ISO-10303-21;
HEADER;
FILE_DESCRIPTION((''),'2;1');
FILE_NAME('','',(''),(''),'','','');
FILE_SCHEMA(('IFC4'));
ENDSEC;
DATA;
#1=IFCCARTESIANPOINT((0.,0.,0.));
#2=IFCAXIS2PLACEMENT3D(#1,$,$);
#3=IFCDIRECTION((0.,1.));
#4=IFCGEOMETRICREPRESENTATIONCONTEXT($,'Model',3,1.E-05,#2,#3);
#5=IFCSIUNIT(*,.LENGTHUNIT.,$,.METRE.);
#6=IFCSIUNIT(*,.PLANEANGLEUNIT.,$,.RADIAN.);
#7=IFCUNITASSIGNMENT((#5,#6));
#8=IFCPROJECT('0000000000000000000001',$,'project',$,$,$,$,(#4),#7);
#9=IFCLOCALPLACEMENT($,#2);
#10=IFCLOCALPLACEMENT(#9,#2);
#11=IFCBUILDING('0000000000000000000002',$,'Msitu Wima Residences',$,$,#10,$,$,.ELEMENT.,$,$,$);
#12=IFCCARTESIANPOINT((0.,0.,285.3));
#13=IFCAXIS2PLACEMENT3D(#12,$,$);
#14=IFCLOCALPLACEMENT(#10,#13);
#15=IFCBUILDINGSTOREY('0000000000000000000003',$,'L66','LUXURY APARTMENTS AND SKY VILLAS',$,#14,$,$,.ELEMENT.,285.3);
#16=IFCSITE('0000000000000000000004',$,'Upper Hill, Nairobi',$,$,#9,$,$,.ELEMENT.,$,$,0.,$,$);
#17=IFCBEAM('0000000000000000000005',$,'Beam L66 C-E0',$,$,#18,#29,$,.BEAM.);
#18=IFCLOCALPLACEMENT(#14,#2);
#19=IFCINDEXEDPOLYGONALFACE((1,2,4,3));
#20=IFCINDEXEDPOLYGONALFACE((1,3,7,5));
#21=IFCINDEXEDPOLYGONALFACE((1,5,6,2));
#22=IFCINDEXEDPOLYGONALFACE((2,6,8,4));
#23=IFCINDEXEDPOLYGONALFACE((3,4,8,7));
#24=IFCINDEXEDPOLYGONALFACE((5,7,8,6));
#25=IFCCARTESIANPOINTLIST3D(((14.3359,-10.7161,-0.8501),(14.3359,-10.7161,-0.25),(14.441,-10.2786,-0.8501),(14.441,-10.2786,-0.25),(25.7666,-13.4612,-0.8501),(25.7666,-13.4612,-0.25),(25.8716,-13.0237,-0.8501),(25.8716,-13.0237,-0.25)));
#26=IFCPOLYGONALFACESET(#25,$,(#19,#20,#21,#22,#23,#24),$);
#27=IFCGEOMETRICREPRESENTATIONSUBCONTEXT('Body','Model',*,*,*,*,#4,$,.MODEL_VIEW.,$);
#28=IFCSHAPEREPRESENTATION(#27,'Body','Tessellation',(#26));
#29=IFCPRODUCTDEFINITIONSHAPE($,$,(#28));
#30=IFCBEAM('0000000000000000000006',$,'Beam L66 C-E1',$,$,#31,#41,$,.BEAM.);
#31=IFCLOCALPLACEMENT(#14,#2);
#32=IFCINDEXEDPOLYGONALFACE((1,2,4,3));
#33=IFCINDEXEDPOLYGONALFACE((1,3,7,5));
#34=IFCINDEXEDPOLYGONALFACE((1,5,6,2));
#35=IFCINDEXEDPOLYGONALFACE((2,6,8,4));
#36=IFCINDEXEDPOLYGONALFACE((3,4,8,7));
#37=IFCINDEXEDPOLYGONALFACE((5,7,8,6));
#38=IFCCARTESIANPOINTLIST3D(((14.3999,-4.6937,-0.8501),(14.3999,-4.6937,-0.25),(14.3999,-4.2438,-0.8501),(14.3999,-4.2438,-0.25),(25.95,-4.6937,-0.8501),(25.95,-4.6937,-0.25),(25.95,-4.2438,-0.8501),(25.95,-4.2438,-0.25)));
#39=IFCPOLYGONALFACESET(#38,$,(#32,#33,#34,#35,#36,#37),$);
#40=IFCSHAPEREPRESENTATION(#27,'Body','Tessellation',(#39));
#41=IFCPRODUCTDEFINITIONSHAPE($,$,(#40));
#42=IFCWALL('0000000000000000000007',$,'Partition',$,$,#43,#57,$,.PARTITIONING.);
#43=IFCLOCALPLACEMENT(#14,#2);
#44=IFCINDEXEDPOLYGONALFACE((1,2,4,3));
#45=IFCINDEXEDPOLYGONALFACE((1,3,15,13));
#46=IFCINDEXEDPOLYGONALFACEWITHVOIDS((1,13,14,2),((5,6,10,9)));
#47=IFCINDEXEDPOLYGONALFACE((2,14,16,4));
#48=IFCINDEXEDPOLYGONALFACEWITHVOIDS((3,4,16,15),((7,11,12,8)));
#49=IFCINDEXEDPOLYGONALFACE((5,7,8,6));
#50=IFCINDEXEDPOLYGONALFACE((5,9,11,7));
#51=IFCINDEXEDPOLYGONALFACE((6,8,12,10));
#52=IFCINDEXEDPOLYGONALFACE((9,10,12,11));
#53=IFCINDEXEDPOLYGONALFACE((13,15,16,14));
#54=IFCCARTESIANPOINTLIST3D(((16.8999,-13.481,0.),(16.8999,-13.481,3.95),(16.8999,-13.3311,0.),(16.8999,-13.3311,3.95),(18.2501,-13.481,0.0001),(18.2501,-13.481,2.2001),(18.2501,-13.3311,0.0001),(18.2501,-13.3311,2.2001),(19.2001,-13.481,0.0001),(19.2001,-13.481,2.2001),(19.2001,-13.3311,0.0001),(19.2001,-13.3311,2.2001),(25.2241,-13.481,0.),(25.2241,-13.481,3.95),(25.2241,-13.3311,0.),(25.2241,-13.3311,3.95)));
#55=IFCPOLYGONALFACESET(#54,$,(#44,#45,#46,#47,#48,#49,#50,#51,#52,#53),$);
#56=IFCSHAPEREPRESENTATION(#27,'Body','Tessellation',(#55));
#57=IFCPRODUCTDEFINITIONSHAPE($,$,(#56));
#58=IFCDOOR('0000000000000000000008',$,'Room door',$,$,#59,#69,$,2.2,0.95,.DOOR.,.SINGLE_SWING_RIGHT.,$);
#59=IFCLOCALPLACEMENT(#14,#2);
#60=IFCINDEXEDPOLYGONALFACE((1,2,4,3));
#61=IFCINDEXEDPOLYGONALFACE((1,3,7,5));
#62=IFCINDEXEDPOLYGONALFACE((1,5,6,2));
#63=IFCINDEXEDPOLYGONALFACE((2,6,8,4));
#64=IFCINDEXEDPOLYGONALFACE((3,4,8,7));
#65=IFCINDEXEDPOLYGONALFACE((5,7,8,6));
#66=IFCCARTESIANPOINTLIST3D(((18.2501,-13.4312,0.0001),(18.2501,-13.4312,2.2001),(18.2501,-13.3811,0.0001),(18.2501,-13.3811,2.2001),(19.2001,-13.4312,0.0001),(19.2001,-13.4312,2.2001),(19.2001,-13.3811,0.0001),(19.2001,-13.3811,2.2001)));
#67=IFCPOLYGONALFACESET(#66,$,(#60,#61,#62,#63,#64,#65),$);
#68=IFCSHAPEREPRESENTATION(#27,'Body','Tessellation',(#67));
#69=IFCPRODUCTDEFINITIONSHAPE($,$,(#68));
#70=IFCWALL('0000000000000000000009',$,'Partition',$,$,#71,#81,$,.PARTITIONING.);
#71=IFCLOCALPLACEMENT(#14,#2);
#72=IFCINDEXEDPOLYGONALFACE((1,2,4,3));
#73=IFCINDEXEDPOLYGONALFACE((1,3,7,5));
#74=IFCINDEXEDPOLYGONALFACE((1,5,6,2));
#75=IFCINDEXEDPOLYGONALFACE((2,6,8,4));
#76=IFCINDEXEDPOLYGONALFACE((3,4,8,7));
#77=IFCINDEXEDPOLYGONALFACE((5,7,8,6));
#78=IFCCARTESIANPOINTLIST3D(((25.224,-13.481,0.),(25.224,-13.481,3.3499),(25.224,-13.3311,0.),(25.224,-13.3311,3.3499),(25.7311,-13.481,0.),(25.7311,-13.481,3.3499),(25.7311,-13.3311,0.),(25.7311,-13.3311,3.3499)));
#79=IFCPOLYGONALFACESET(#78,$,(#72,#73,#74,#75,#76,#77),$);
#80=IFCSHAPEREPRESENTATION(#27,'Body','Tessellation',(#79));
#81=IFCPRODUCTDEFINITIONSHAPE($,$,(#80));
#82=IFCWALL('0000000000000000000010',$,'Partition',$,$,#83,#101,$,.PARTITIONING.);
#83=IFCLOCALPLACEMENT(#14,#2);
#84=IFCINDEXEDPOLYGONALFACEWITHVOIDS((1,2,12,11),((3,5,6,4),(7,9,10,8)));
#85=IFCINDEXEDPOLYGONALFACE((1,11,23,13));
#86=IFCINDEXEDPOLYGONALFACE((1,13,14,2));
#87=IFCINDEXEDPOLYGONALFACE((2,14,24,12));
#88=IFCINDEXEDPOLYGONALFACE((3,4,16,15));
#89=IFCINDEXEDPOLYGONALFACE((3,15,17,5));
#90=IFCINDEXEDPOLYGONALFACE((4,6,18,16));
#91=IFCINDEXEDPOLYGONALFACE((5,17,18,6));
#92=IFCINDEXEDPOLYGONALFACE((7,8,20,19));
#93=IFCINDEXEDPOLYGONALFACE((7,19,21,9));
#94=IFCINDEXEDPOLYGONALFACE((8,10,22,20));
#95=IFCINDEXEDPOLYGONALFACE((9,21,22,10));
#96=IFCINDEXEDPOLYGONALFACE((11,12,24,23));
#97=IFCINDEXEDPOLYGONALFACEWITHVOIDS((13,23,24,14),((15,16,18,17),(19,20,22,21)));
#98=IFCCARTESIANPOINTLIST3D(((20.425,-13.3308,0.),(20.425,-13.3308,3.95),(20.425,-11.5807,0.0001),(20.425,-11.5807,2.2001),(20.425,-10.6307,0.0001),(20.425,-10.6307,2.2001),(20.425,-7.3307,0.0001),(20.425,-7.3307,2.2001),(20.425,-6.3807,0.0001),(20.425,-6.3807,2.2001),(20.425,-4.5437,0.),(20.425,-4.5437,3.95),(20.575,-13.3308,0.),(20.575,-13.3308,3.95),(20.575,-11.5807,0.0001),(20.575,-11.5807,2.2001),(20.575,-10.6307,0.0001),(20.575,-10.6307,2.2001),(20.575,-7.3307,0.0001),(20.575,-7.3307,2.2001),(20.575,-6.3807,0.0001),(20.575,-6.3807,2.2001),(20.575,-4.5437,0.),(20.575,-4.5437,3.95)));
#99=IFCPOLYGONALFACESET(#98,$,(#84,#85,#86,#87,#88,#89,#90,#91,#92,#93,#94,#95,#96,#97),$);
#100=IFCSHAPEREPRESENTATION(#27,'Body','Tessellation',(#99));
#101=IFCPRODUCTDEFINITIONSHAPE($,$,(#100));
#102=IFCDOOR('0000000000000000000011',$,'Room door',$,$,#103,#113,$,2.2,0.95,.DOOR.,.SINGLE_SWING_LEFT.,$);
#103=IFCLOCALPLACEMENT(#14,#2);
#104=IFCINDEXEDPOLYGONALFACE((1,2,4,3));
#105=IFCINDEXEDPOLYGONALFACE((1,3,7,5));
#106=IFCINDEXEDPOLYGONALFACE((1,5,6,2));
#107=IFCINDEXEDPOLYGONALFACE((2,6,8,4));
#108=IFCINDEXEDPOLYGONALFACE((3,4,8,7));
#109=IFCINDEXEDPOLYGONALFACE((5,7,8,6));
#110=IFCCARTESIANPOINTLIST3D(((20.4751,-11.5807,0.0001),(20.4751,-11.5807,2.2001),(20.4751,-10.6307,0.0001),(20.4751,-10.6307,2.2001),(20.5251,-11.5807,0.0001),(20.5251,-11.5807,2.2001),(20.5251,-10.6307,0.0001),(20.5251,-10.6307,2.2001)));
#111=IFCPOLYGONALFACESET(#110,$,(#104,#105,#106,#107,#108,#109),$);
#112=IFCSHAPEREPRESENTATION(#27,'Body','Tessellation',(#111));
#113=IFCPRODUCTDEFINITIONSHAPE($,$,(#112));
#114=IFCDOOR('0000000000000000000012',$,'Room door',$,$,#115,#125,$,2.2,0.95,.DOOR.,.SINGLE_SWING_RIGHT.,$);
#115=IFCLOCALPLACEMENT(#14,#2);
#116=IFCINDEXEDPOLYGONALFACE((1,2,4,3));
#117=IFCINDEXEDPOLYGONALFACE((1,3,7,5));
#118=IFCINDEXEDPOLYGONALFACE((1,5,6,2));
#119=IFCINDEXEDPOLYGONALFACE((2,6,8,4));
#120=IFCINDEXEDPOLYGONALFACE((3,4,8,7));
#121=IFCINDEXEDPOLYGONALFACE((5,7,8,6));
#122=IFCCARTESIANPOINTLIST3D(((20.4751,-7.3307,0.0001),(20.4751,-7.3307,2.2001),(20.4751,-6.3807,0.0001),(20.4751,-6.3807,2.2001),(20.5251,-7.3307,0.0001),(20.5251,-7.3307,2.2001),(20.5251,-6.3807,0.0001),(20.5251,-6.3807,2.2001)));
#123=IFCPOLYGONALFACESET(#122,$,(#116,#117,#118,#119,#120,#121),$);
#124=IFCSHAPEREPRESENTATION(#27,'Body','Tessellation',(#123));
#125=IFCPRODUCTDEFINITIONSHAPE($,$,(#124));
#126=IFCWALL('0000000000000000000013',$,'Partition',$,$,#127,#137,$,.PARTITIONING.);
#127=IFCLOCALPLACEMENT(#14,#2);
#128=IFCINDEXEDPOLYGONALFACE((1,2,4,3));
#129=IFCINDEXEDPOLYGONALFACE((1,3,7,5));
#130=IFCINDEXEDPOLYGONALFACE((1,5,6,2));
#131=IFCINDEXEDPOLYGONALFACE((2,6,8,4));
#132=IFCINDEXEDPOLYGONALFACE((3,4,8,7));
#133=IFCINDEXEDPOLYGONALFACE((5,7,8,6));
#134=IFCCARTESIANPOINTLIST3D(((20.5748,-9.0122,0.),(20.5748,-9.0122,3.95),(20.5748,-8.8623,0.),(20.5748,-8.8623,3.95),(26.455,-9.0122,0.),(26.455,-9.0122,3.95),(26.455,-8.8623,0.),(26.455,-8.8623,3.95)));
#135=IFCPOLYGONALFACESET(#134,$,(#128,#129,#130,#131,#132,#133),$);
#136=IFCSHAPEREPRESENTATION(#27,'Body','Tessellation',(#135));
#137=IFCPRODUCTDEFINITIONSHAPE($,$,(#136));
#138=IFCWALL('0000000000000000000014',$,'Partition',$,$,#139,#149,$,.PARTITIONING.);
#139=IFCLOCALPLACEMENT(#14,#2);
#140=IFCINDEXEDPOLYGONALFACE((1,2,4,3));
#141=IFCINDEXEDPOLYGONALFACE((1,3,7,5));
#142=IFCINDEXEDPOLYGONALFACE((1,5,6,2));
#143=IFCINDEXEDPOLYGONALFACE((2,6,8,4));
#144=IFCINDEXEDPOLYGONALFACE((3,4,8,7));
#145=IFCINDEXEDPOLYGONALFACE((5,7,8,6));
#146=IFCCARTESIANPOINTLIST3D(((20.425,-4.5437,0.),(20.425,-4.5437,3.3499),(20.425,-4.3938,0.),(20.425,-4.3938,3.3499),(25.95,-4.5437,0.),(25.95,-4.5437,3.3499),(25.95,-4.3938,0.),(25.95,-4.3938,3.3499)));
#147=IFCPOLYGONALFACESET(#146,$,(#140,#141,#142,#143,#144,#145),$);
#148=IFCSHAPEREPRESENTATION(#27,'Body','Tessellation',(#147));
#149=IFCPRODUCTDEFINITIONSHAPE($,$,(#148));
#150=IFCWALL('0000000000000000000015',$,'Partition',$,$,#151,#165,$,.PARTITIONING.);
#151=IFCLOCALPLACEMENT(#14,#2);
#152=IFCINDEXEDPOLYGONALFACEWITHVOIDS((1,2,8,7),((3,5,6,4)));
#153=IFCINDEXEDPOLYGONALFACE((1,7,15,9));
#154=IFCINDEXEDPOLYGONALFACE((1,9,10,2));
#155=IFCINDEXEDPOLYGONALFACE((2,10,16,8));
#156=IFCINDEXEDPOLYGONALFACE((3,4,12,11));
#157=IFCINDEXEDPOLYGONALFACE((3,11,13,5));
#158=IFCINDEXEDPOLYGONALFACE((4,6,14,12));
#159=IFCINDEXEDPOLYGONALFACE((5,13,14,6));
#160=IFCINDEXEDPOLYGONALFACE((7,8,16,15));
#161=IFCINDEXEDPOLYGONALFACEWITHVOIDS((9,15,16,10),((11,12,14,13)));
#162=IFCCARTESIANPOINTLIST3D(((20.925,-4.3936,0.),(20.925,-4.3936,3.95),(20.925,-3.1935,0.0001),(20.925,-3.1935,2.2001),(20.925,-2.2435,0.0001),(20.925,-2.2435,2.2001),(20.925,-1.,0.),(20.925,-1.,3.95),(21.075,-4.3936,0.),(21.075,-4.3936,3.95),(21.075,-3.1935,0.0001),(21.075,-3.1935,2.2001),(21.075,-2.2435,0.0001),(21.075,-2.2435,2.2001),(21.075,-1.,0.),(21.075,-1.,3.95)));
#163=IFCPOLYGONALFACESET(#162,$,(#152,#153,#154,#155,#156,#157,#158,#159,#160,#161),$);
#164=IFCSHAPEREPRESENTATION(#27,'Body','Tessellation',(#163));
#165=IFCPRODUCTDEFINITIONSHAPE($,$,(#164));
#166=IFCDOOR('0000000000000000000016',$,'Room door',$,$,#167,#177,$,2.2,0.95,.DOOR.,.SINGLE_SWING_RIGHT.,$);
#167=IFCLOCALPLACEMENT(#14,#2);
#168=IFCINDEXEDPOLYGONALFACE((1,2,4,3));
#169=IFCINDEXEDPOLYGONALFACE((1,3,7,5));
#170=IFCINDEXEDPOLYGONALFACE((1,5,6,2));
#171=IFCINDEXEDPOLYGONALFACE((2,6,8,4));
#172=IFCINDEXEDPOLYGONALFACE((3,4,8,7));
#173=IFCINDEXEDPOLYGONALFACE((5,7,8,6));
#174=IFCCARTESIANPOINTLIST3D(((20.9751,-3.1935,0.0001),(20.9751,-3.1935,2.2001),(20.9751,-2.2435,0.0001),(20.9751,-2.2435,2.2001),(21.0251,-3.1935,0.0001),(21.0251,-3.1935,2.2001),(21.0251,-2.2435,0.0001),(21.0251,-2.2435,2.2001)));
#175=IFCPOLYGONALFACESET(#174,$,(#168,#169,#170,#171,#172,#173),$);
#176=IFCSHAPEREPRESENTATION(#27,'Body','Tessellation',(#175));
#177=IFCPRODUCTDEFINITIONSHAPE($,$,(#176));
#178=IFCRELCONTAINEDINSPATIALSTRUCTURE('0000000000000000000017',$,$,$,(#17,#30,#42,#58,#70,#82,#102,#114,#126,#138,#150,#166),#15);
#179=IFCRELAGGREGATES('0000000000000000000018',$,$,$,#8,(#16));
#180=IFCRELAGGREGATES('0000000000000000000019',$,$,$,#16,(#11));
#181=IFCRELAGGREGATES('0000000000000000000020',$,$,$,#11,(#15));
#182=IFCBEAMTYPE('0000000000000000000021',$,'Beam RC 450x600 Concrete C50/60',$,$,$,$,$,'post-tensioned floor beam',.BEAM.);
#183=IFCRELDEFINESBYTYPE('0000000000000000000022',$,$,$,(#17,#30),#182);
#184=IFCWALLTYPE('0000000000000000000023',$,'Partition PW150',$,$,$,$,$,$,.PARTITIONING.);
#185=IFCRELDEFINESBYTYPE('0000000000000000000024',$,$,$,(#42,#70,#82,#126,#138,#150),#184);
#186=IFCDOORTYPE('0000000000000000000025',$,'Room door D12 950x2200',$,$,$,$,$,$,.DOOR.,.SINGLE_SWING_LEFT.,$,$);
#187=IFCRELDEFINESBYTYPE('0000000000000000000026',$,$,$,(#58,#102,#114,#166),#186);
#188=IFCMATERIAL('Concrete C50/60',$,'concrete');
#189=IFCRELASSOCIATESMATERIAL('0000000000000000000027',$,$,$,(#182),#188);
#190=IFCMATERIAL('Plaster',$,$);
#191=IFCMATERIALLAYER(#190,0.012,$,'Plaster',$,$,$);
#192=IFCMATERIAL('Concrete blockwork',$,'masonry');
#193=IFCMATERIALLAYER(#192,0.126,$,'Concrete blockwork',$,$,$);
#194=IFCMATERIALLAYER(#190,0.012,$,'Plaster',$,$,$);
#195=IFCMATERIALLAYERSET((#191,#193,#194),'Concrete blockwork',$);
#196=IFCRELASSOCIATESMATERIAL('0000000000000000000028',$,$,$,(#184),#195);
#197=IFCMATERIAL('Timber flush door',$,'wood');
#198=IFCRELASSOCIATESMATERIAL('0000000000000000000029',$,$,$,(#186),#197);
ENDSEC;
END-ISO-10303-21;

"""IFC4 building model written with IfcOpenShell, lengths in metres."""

from ifc_helpers import new_model, si_unit, direction, frame, frame_2d, origin, origin_2d, place, context, subcontext, project, spatial, rectangle, extrude, material, layer, layer_set, material_profile, profile_set, type_object, element, fill, save


model = new_model("IFC4")

# Units and contexts
model_context = context("Model", 3, precision=1e-05, world=origin(), true_north=direction((0.0, 1.0)))
body_context = subcontext(model_context, "Body", "Model", "MODEL_VIEW")
ifc_project = project(units=[si_unit("LENGTHUNIT", "METRE"), si_unit("PLANEANGLEUNIT", "RADIAN")], contexts=[model_context])

# Site, building, storey
site_placement = place(None, origin())
site = spatial("IfcSite", under=ifc_project, at=site_placement, Name="Upper Hill, Nairobi", CompositionType="ELEMENT", RefElevation=0.0)
building_placement = place(site_placement, origin())
building = spatial("IfcBuilding", under=site, at=building_placement, Name="Msitu Wima Residences", CompositionType="ELEMENT")
storey_placement = place(building_placement, frame((0.0, 0.0, 285.3)))
storey = spatial("IfcBuildingStorey", under=building, at=storey_placement, Name="L66", Description="LUXURY APARTMENTS AND SKY VILLAS", CompositionType="ELEMENT", Elevation=285.3)

# Beams
ifc_material_1 = material(Name="Concrete C50/60", Category="concrete")
ifc_material_profile = material_profile(ifc_material_1, rectangle(XDim=0.45, YDim=0.6001, at=origin_2d()), Name="RC 450x600")
ifc_profile_set = profile_set([ifc_material_profile], Name="Concrete C50/60")
beam_type = type_object("IfcBeamType", Name="Beam RC 450x600 Concrete C50/60", ElementType="post-tensioned floor beam", PredefinedType="BEAM", material=ifc_profile_set)
beam_1_placement = place(storey_placement, frame((25.8191, -13.2424, -0.55), z_axis=(-0.972353, 0.233514, 0.0), x_axis=(-0.233514, -0.972353, 0.0)))
element("IfcBeam", 1, at=beam_1_placement, inside=storey, type_object=beam_type, Name="Beam L66 C-E0", PredefinedType="BEAM", context=body_context, shape_type="SweptSolid", body=[
    extrude(rectangle(XDim=0.45, YDim=0.6001, at=origin_2d()), origin(), (0.0, 0.0, 1.0), 11.7556),
])
beam_2_placement = place(storey_placement, frame((25.95, -4.4688, -0.55), z_axis=(-1.0, 0.0, 0.0), x_axis=(0.0, -1.0, 0.0)))
element("IfcBeam", 2, at=beam_2_placement, inside=storey, type_object=beam_type, Name="Beam L66 C-E1", PredefinedType="BEAM", context=body_context, shape_type="SweptSolid", body=[
    extrude(rectangle(XDim=0.45, YDim=0.6001, at=origin_2d()), origin(), (0.0, 0.0, 1.0), 11.55),
])

# Wall, opening, door
ifc_material_2 = material(Name="Plaster")
ifc_layer_1 = layer(ifc_material_2, 0.012, Name="Plaster")
ifc_material_3 = material(Name="Concrete blockwork", Category="masonry")
ifc_layer_2 = layer(ifc_material_3, 0.126, Name="Concrete blockwork")
ifc_layer_3 = layer(ifc_material_2, 0.012, Name="Plaster")
ifc_layer_set_1 = layer_set([ifc_layer_1, ifc_layer_2, ifc_layer_3], Name="Concrete blockwork")
wall_type_1 = type_object("IfcWallType", Name="Partition PW150", PredefinedType="PARTITIONING", material=ifc_layer_set_1)
wall_1_placement = place(storey_placement, frame((16.8999, -13.406, 0.0), z_axis=(0.0, 0.0, 1.0), x_axis=(1.0, 0.0, 0.0)))
wall_1 = element("IfcWall", 3, at=wall_1_placement, inside=storey, type_object=wall_type_1, Name="Partition", PredefinedType="PARTITIONING", context=body_context, shape_type="SweptSolid", body=[
    extrude(rectangle(XDim=8.3242, YDim=0.1499, at=frame_2d((4.1621, 0.0))), origin(), (0.0, 0.0, 1.0), 3.95),
])
opening_1_placement = place(wall_1_placement, frame((1.3501, 0.0, 0.0)))
opening_1 = element("IfcOpeningElement", 4, at=opening_1_placement, cuts=wall_1, PredefinedType="OPENING", context=body_context, shape_type="SweptSolid", body=[
    extrude(rectangle(XDim=0.95, YDim=2.2, at=frame_2d((0.4751, 1.1001))), frame((0.0, 0.085, 0.0), z_axis=(0.0, -1.0, 0.0), x_axis=(1.0, 0.0, 0.0)), (0.0, 0.0, 1.0), 0.1699),
])
ifc_material_4 = material(Name="Timber flush door", Category="wood")
door_type_1 = type_object("IfcDoorType", Name="Room door D12 950x2200", OperationType="SINGLE_SWING_LEFT", PredefinedType="DOOR", material=ifc_material_4)
door_1_placement = place(opening_1_placement, origin())
door_1 = element("IfcDoor", 5, at=door_1_placement, inside=storey, type_object=door_type_1, Name="Room door", OperationType="SINGLE_SWING_RIGHT", OverallHeight=2.2, OverallWidth=0.95, PredefinedType="DOOR", context=body_context, shape_type="SweptSolid", body=[
    extrude(rectangle(XDim=0.95, YDim=2.2, at=frame_2d((0.4751, 1.1001))), frame((0.0, 0.0249, 0.0), z_axis=(0.0, -1.0, 0.0), x_axis=(1.0, 0.0, 0.0)), (0.0, 0.0, 1.0), 0.05),
])
fill(opening_1, door_1)

# Wall
wall_2_placement = place(storey_placement, frame((25.2241, -13.406, 0.0), z_axis=(0.0, 0.0, 1.0), x_axis=(1.0, 0.0, 0.0)))
element("IfcWall", 6, at=wall_2_placement, inside=storey, type_object=wall_type_1, Name="Partition", PredefinedType="PARTITIONING", context=body_context, shape_type="SweptSolid", body=[
    extrude(rectangle(XDim=0.5071, YDim=0.1499, at=frame_2d((0.2534, 0.0))), origin(), (0.0, 0.0, 1.0), 3.3499),
])

# Wall, openings, doors
wall_3_placement = place(storey_placement, frame((20.5, -13.3308, 0.0), z_axis=(0.0, 0.0, 1.0), x_axis=(0.0, 1.0, 0.0)))
wall_3 = element("IfcWall", 7, at=wall_3_placement, inside=storey, type_object=wall_type_1, Name="Partition", PredefinedType="PARTITIONING", context=body_context, shape_type="SweptSolid", body=[
    extrude(rectangle(XDim=8.7871, YDim=0.1499, at=frame_2d((4.3936, 0.0))), origin(), (0.0, 0.0, 1.0), 3.95),
])
opening_2_placement = place(wall_3_placement, frame((1.75, 0.0, 0.0)))
opening_2 = element("IfcOpeningElement", 8, at=opening_2_placement, cuts=wall_3, PredefinedType="OPENING", context=body_context, shape_type="SweptSolid", body=[
    extrude(rectangle(XDim=0.95, YDim=2.2, at=frame_2d((0.4751, 1.1001))), frame((0.0, 0.085, 0.0), z_axis=(0.0, -1.0, 0.0), x_axis=(1.0, 0.0, 0.0)), (0.0, 0.0, 1.0), 0.1699),
])
opening_3_placement = place(wall_3_placement, frame((6.0, 0.0, 0.0)))
opening_3 = element("IfcOpeningElement", 9, at=opening_3_placement, cuts=wall_3, PredefinedType="OPENING", context=body_context, shape_type="SweptSolid", body=[
    extrude(rectangle(XDim=0.95, YDim=2.2, at=frame_2d((0.4751, 1.1001))), frame((0.0, 0.085, 0.0), z_axis=(0.0, -1.0, 0.0), x_axis=(1.0, 0.0, 0.0)), (0.0, 0.0, 1.0), 0.1699),
])
door_2_placement = place(opening_2_placement, origin())
door_2 = element("IfcDoor", 10, at=door_2_placement, inside=storey, type_object=door_type_1, Name="Room door", OperationType="SINGLE_SWING_LEFT", OverallHeight=2.2, OverallWidth=0.95, PredefinedType="DOOR", context=body_context, shape_type="SweptSolid", body=[
    extrude(rectangle(XDim=0.95, YDim=2.2, at=frame_2d((0.4751, 1.1001))), frame((0.0, 0.0249, 0.0), z_axis=(0.0, -1.0, 0.0), x_axis=(1.0, 0.0, 0.0)), (0.0, 0.0, 1.0), 0.05),
])
fill(opening_2, door_2)
door_3_placement = place(opening_3_placement, origin())
door_3 = element("IfcDoor", 11, at=door_3_placement, inside=storey, type_object=door_type_1, Name="Room door", OperationType="SINGLE_SWING_RIGHT", OverallHeight=2.2, OverallWidth=0.95, PredefinedType="DOOR", context=body_context, shape_type="SweptSolid", body=[
    extrude(rectangle(XDim=0.95, YDim=2.2, at=frame_2d((0.4751, 1.1001))), frame((0.0, 0.0249, 0.0), z_axis=(0.0, -1.0, 0.0), x_axis=(1.0, 0.0, 0.0)), (0.0, 0.0, 1.0), 0.05),
])
fill(opening_3, door_3)

# Walls
wall_4_placement = place(storey_placement, frame((20.575, -8.9373, 0.0), z_axis=(0.0, 0.0, 1.0), x_axis=(1.0, 0.0, 0.0)))
element("IfcWall", 12, at=wall_4_placement, inside=storey, type_object=wall_type_1, Name="Partition", PredefinedType="PARTITIONING", context=body_context, shape_type="SweptSolid", body=[
    extrude(rectangle(XDim=5.8801, YDim=0.1499, at=frame_2d((2.9399, 0.0))), origin(), (0.0, 0.0, 1.0), 3.95),
])
wall_5_placement = place(storey_placement, frame((20.425, -4.4688, 0.0), z_axis=(0.0, 0.0, 1.0), x_axis=(1.0, 0.0, 0.0)))
element("IfcWall", 13, at=wall_5_placement, inside=storey, type_object=wall_type_1, Name="Partition", PredefinedType="PARTITIONING", context=body_context, shape_type="SweptSolid", body=[
    extrude(rectangle(XDim=5.5249, YDim=0.1499, at=frame_2d((2.7625, 0.0))), origin(), (0.0, 0.0, 1.0), 3.3499),
])

# Wall, opening, door
wall_6_placement = place(storey_placement, frame((21.0, -4.3936, 0.0), z_axis=(0.0, 0.0, 1.0), x_axis=(0.0, 1.0, 0.0)))
wall_6 = element("IfcWall", 14, at=wall_6_placement, inside=storey, type_object=wall_type_1, Name="Partition", PredefinedType="PARTITIONING", context=body_context, shape_type="SweptSolid", body=[
    extrude(rectangle(XDim=3.3936, YDim=0.1499, at=frame_2d((1.6968, 0.0))), origin(), (0.0, 0.0, 1.0), 3.95),
])
opening_4_placement = place(wall_6_placement, frame((1.2, 0.0, 0.0)))
opening_4 = element("IfcOpeningElement", 15, at=opening_4_placement, cuts=wall_6, PredefinedType="OPENING", context=body_context, shape_type="SweptSolid", body=[
    extrude(rectangle(XDim=0.95, YDim=2.2, at=frame_2d((0.4751, 1.1001))), frame((0.0, 0.085, 0.0), z_axis=(0.0, -1.0, 0.0), x_axis=(1.0, 0.0, 0.0)), (0.0, 0.0, 1.0), 0.1699),
])
door_4_placement = place(opening_4_placement, origin())
door_4 = element("IfcDoor", 16, at=door_4_placement, inside=storey, type_object=door_type_1, Name="Room door", OperationType="SINGLE_SWING_RIGHT", OverallHeight=2.2, OverallWidth=0.95, PredefinedType="DOOR", context=body_context, shape_type="SweptSolid", body=[
    extrude(rectangle(XDim=0.95, YDim=2.2, at=frame_2d((0.4751, 1.1001))), frame((0.0, 0.0249, 0.0), z_axis=(0.0, -1.0, 0.0), x_axis=(1.0, 0.0, 0.0)), (0.0, 0.0, 1.0), 0.05),
])
fill(opening_4, door_4)

save(model, "model.ifc")
